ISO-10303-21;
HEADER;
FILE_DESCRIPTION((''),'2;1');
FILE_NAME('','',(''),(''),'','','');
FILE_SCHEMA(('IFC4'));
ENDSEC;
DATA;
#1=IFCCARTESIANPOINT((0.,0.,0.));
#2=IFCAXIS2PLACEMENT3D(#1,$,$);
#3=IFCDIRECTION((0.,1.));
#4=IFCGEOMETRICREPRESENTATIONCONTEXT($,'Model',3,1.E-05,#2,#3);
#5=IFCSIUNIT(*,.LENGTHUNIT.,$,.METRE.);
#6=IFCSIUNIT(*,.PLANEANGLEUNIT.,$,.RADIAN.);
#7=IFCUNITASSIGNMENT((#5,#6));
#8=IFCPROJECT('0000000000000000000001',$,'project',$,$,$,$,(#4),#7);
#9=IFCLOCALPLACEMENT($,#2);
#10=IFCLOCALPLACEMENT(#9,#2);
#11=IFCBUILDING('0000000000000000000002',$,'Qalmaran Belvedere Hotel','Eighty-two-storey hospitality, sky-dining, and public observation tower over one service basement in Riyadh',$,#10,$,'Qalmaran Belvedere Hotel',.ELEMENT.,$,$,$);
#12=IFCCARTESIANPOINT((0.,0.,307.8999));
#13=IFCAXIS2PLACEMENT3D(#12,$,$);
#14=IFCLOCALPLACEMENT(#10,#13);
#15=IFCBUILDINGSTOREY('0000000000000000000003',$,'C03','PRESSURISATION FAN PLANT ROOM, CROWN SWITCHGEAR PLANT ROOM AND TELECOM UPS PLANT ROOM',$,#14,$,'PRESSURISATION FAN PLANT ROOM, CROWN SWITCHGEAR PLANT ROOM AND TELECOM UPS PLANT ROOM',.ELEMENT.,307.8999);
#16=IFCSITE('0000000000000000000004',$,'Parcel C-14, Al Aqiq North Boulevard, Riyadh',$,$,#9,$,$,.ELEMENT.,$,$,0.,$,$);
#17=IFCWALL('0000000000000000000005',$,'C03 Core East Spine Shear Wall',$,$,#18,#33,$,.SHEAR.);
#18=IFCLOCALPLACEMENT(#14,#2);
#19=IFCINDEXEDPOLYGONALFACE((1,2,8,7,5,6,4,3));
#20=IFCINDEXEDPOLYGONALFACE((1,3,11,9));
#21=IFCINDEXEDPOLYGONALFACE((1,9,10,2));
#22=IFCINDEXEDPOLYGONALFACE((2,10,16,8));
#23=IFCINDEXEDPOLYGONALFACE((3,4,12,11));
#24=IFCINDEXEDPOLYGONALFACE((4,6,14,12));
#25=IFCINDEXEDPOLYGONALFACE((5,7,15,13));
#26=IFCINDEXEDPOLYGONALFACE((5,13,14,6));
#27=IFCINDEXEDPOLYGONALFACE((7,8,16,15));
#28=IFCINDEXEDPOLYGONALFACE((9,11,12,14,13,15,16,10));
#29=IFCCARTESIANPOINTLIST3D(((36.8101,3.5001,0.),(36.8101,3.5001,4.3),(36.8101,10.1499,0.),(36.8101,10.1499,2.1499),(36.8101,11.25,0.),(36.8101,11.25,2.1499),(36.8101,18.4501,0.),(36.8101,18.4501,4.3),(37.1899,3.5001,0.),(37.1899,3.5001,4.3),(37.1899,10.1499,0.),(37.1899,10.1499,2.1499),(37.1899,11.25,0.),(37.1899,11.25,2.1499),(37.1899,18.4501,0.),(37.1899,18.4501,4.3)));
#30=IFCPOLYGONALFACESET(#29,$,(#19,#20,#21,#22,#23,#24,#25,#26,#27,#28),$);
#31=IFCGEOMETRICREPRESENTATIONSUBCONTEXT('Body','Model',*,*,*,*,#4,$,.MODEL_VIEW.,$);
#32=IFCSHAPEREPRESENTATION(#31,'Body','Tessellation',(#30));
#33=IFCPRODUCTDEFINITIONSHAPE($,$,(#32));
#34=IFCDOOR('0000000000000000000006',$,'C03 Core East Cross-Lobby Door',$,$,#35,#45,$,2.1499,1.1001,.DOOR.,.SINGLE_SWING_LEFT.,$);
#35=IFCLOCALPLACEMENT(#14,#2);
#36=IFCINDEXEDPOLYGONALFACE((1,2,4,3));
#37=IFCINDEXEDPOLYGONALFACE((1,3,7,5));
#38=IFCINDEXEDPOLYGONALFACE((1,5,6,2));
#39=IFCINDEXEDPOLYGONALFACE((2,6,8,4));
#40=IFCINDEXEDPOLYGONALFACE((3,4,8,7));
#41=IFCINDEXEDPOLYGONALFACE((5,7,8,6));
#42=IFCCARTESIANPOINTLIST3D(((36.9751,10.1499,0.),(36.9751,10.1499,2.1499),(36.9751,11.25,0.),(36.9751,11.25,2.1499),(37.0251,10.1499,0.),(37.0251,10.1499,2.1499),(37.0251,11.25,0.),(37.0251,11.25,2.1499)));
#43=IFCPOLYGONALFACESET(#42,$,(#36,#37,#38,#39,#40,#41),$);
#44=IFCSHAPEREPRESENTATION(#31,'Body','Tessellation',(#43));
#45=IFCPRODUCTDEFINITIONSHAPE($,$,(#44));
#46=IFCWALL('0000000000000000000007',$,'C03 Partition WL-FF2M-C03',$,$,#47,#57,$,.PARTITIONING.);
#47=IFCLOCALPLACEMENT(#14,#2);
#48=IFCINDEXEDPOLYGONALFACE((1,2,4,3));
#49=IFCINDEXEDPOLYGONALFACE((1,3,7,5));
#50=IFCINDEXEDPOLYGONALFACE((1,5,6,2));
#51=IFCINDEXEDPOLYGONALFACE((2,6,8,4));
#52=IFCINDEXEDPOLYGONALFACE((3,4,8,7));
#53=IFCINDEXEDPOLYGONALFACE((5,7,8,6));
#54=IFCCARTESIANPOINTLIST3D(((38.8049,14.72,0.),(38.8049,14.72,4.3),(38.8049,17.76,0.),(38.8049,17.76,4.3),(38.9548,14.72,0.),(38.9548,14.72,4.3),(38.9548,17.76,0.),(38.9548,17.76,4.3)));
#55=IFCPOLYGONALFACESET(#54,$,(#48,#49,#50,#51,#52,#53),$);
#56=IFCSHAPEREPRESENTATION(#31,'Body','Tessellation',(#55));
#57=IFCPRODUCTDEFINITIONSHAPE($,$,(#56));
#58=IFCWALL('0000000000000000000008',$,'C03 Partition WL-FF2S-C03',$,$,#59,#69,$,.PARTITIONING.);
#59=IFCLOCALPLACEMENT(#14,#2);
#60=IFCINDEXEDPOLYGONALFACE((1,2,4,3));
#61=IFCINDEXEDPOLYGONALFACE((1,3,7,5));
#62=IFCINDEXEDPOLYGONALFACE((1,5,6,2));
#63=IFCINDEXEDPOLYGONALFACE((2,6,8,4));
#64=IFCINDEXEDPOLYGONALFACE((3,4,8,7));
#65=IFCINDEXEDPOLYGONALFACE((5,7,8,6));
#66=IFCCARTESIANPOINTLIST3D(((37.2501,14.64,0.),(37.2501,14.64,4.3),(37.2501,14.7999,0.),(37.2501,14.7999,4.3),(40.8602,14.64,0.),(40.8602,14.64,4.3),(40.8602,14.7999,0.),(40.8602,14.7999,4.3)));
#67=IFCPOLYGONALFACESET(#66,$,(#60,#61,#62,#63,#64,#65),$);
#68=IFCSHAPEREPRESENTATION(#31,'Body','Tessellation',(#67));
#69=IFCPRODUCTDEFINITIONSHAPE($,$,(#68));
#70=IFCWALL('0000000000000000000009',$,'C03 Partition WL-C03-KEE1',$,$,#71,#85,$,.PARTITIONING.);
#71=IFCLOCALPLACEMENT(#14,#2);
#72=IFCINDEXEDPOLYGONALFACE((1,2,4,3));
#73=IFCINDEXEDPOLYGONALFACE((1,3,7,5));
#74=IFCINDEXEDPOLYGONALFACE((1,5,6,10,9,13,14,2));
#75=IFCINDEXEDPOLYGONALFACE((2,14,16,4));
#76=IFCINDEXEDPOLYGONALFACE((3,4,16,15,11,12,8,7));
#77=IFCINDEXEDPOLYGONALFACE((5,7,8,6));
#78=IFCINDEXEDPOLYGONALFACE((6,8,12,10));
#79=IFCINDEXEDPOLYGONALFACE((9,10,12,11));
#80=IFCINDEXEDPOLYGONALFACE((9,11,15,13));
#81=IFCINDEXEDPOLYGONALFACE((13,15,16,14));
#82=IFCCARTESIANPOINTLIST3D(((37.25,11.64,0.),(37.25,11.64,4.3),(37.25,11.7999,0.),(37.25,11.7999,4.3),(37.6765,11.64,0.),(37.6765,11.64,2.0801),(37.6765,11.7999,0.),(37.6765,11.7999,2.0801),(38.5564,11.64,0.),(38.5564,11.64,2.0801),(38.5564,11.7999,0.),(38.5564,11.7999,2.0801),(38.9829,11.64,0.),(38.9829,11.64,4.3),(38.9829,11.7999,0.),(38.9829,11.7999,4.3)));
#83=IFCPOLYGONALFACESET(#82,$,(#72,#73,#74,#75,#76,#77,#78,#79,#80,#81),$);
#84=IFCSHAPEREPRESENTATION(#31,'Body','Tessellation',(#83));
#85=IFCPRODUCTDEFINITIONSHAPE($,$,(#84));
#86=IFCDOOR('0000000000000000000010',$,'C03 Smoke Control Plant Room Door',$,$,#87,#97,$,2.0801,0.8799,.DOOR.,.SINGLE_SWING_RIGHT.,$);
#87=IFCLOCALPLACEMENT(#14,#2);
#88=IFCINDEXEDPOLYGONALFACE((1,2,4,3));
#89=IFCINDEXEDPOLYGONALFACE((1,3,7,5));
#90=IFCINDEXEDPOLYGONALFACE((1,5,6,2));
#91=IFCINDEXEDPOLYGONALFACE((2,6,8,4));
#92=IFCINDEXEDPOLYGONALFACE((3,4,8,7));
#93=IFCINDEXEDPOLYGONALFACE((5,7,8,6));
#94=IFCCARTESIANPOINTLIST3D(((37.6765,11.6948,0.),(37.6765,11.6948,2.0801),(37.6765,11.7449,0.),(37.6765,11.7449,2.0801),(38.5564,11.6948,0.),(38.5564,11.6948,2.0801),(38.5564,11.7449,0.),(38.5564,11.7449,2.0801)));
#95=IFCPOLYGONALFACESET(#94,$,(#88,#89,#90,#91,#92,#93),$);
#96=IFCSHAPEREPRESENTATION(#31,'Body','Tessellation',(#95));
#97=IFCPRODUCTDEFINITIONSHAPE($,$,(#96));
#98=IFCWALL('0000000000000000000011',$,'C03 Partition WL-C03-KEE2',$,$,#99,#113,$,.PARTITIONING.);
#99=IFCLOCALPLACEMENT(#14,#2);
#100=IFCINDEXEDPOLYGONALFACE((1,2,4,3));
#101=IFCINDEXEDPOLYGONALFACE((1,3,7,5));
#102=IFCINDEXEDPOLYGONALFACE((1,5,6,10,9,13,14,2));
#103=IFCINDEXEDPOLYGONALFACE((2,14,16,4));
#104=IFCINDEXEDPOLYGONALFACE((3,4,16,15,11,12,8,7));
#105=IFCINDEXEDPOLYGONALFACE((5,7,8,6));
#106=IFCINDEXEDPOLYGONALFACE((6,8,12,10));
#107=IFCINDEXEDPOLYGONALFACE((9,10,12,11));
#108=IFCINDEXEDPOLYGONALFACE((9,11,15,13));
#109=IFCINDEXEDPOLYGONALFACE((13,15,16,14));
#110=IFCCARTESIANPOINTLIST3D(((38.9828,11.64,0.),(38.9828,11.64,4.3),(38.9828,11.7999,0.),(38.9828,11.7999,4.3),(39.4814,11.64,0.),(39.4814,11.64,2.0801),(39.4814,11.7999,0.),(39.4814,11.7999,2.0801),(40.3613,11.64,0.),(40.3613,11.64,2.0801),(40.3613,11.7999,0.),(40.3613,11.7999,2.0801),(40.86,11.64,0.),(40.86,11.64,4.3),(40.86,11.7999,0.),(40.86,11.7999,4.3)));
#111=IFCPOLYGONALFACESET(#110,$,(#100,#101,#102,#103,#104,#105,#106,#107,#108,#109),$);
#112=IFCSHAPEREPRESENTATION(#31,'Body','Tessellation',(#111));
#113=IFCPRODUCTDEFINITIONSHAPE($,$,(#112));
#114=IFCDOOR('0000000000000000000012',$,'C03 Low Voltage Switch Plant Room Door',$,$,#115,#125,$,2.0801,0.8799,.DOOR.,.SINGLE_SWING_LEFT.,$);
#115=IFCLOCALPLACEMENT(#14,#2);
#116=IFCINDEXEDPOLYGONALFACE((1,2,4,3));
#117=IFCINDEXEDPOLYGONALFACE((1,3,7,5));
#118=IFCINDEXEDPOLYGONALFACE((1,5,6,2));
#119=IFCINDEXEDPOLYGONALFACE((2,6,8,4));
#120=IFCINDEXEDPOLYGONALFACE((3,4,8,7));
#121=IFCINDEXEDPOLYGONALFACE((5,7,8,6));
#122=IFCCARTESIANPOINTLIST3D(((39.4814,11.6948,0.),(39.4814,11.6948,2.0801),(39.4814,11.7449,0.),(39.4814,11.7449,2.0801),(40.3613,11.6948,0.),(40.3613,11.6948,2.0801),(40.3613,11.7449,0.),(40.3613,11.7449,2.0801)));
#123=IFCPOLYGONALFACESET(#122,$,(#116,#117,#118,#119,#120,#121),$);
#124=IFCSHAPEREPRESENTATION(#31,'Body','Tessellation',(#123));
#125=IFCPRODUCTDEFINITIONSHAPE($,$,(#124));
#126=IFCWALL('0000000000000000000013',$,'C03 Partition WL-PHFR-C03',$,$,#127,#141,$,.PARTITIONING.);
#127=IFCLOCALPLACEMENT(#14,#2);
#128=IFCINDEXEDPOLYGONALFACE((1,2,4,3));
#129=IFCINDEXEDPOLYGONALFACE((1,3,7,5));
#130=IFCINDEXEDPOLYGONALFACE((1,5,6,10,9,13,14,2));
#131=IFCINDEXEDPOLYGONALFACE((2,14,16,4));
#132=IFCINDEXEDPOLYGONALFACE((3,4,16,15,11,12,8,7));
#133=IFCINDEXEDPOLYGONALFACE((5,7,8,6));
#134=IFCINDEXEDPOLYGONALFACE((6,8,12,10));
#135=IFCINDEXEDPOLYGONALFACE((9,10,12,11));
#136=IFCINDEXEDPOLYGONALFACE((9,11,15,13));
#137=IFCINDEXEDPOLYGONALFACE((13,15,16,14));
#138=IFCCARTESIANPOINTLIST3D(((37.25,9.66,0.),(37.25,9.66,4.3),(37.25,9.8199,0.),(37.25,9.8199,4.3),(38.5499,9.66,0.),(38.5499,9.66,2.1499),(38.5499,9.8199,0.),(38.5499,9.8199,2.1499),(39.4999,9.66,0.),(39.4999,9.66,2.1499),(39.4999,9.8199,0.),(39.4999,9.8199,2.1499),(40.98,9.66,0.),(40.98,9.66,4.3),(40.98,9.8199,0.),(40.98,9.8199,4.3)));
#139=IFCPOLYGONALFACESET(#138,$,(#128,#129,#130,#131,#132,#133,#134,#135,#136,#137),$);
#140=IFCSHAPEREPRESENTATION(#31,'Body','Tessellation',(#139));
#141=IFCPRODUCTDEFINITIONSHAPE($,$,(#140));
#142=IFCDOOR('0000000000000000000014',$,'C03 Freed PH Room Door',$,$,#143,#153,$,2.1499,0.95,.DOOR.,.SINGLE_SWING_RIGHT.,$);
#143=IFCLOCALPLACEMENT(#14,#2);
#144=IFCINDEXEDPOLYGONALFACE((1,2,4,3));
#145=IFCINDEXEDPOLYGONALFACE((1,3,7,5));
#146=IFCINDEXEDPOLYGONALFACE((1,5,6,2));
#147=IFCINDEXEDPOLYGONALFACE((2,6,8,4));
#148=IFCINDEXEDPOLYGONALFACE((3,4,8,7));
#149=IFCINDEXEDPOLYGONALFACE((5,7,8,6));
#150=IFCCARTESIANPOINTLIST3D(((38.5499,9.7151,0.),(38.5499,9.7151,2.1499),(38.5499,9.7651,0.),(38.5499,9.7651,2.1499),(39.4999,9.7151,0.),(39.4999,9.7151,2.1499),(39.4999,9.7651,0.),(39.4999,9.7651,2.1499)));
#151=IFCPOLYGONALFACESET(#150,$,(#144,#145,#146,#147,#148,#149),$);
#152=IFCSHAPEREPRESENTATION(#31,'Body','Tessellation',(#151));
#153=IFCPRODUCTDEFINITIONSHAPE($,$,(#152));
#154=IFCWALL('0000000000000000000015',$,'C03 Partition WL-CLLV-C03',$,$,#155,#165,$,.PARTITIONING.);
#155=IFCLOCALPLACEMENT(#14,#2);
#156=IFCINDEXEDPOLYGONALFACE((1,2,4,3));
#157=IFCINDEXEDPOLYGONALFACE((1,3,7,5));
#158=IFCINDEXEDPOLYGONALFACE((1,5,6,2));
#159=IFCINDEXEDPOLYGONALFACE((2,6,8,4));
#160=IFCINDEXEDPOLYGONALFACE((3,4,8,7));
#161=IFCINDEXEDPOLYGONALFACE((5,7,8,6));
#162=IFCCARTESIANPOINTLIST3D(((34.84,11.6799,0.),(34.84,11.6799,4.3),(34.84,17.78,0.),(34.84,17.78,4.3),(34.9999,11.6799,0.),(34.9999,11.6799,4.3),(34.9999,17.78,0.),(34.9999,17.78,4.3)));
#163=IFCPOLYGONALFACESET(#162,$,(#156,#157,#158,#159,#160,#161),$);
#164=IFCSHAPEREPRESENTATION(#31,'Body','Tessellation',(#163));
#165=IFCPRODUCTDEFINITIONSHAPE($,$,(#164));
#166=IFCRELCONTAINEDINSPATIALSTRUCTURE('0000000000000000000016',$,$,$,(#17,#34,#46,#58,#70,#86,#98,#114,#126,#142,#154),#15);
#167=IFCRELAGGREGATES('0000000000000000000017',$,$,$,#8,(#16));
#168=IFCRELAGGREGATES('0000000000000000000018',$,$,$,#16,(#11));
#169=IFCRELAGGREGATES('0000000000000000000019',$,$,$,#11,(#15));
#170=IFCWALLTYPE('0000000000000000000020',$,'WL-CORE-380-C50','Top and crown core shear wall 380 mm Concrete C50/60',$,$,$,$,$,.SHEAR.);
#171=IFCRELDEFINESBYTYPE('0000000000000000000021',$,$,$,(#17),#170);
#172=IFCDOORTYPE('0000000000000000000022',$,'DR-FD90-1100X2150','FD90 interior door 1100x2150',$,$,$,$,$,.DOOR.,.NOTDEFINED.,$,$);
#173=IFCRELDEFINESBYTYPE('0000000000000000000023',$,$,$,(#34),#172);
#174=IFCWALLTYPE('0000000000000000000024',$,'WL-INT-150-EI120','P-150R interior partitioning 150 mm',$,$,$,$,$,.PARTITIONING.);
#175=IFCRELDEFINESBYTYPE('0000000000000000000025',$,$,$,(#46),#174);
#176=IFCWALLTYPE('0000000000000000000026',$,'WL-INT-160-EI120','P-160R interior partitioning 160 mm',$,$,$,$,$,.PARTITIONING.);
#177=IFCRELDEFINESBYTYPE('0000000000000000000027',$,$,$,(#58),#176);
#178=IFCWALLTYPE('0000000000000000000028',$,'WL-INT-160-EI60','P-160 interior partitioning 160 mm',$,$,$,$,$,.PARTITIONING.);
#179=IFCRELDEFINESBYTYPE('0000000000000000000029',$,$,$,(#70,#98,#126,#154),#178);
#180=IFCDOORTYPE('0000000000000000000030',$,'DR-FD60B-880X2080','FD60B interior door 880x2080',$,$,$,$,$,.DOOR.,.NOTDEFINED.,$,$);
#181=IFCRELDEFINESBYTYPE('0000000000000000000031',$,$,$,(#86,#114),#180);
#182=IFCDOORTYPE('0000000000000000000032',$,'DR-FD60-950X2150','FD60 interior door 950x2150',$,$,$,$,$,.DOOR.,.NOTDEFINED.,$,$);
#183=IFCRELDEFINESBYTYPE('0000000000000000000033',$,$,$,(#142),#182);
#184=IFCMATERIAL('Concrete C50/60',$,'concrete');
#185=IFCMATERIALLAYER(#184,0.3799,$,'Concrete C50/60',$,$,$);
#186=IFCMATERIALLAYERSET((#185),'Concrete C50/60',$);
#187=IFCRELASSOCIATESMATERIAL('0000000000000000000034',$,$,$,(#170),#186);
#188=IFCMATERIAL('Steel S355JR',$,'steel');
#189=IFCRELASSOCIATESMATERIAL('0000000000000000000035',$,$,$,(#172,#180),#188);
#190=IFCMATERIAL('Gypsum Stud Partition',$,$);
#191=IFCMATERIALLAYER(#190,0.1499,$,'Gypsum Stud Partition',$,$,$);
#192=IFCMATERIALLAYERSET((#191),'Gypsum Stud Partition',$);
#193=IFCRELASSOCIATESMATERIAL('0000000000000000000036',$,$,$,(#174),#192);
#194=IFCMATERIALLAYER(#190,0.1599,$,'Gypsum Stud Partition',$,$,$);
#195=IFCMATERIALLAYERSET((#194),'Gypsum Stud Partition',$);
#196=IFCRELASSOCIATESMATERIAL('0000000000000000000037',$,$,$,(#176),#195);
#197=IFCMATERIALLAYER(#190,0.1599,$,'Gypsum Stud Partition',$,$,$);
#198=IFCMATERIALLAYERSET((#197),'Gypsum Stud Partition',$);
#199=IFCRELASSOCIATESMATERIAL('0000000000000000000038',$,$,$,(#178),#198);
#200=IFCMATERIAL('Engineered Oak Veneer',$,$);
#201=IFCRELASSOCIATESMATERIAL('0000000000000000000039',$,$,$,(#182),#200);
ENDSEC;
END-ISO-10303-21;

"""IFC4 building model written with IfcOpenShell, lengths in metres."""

from ifc_helpers import new_model, si_unit, direction, frame, frame_2d, origin, place, context, subcontext, project, spatial, rectangle, extrude, material, layer, layer_set, type_object, element, fill, save


model = new_model("IFC4")

# Units and contexts
model_context = context("Model", 3, precision=1e-05, world=origin(), true_north=direction((0.0, 1.0)))
body_context = subcontext(model_context, "Body", "Model", "MODEL_VIEW")
ifc_project = project(units=[si_unit("LENGTHUNIT", "METRE"), si_unit("PLANEANGLEUNIT", "RADIAN")], contexts=[model_context])

# Site, building, storey
site_placement = place(None, origin())
site = spatial("IfcSite", under=ifc_project, at=site_placement, Name="Parcel C-14, Al Aqiq North Boulevard, Riyadh", CompositionType="ELEMENT", RefElevation=0.0)
building_placement = place(site_placement, origin())
building = spatial("IfcBuilding", under=site, at=building_placement, Name="Qalmaran Belvedere Hotel", Description="Eighty-two-storey hospitality, sky-dining, and public observation tower over one service basement in Riyadh", LongName="Qalmaran Belvedere Hotel", CompositionType="ELEMENT")
storey_placement = place(building_placement, frame((0.0, 0.0, 307.8999)))
storey = spatial("IfcBuildingStorey", under=building, at=storey_placement, Name="C03", Description="PRESSURISATION FAN PLANT ROOM, CROWN SWITCHGEAR PLANT ROOM AND TELECOM UPS PLANT ROOM", LongName="PRESSURISATION FAN PLANT ROOM, CROWN SWITCHGEAR PLANT ROOM AND TELECOM UPS PLANT ROOM", CompositionType="ELEMENT", Elevation=307.8999)

# Wall, opening, door
ifc_material_1 = material(Name="Concrete C50/60", Category="concrete")
ifc_layer_1 = layer(ifc_material_1, 0.3799, Name="Concrete C50/60")
ifc_layer_set_1 = layer_set([ifc_layer_1], Name="Concrete C50/60")
wall_type_1 = type_object("IfcWallType", Name="WL-CORE-380-C50", Description="Top and crown core shear wall 380 mm Concrete C50/60", PredefinedType="SHEAR", material=ifc_layer_set_1)
wall_1_placement = place(storey_placement, frame((37.0, 3.5, 0.0), z_axis=(0.0, 0.0, 1.0), x_axis=(0.0, 1.0, 0.0)))
wall_1 = element("IfcWall", 1, at=wall_1_placement, inside=storey, type_object=wall_type_1, Name="C03 Core East Spine Shear Wall", PredefinedType="SHEAR", context=body_context, shape_type="SweptSolid", body=[
    extrude(rectangle(XDim=14.95, YDim=0.3799, at=frame_2d((7.4751, 0.0))), origin(), (0.0, 0.0, 1.0), 4.3),
])
opening_1_placement = place(wall_1_placement, frame((6.6499, 0.0, 0.0)))
opening_1 = element("IfcOpeningElement", 2, at=opening_1_placement, cuts=wall_1, PredefinedType="OPENING", context=body_context, shape_type="SweptSolid", body=[
    extrude(rectangle(XDim=1.1001, YDim=2.1499, at=frame_2d((0.55, 1.075))), frame((0.0, 0.2, 0.0), z_axis=(0.0, -1.0, 0.0), x_axis=(1.0, 0.0, 0.0)), (0.0, 0.0, 1.0), 0.3999),
])
ifc_material_2 = material(Name="Steel S355JR", Category="steel")
door_type_1 = type_object("IfcDoorType", Name="DR-FD90-1100X2150", Description="FD90 interior door 1100x2150", OperationType="NOTDEFINED", PredefinedType="DOOR", material=ifc_material_2)
door_1_placement = place(opening_1_placement, origin())
door_1 = element("IfcDoor", 3, at=door_1_placement, inside=storey, type_object=door_type_1, Name="C03 Core East Cross-Lobby Door", OperationType="SINGLE_SWING_LEFT", OverallHeight=2.1499, OverallWidth=1.1001, PredefinedType="DOOR", context=body_context, shape_type="SweptSolid", body=[
    extrude(rectangle(XDim=1.1001, YDim=2.1499, at=frame_2d((0.55, 1.075))), frame((0.0, 0.0249, 0.0), z_axis=(0.0, -1.0, 0.0), x_axis=(1.0, 0.0, 0.0)), (0.0, 0.0, 1.0), 0.05),
])
fill(opening_1, door_1)

# Walls
ifc_material_3 = material(Name="Gypsum Stud Partition")
ifc_layer_2 = layer(ifc_material_3, 0.1499, Name="Gypsum Stud Partition")
ifc_layer_set_2 = layer_set([ifc_layer_2], Name="Gypsum Stud Partition")
wall_type_2 = type_object("IfcWallType", Name="WL-INT-150-EI120", Description="P-150R interior partitioning 150 mm", PredefinedType="PARTITIONING", material=ifc_layer_set_2)
wall_2_placement = place(storey_placement, frame((38.8799, 14.72, 0.0), z_axis=(0.0, 0.0, 1.0), x_axis=(0.0, 1.0, 0.0)))
element("IfcWall", 4, at=wall_2_placement, inside=storey, type_object=wall_type_2, Name="C03 Partition WL-FF2M-C03", PredefinedType="PARTITIONING", context=body_context, shape_type="SweptSolid", body=[
    extrude(rectangle(XDim=3.04, YDim=0.1499, at=frame_2d((1.52, 0.0))), origin(), (0.0, 0.0, 1.0), 4.3),
])
ifc_layer_3 = layer(ifc_material_3, 0.1599, Name="Gypsum Stud Partition")
ifc_layer_set_3 = layer_set([ifc_layer_3], Name="Gypsum Stud Partition")
wall_type_3 = type_object("IfcWallType", Name="WL-INT-160-EI120", Description="P-160R interior partitioning 160 mm", PredefinedType="PARTITIONING", material=ifc_layer_set_3)
wall_3_placement = place(storey_placement, frame((37.25, 14.72, 0.0), z_axis=(0.0, 0.0, 1.0), x_axis=(1.0, 0.0, 0.0)))
element("IfcWall", 5, at=wall_3_placement, inside=storey, type_object=wall_type_3, Name="C03 Partition WL-FF2S-C03", PredefinedType="PARTITIONING", context=body_context, shape_type="SweptSolid", body=[
    extrude(rectangle(XDim=3.6101, YDim=0.1599, at=frame_2d((1.8052, 0.0))), origin(), (0.0, 0.0, 1.0), 4.3),
])

# Walls, openings, doors
ifc_layer_4 = layer(ifc_material_3, 0.1599, Name="Gypsum Stud Partition")
ifc_layer_set_4 = layer_set([ifc_layer_4], Name="Gypsum Stud Partition")
wall_type_4 = type_object("IfcWallType", Name="WL-INT-160-EI60", Description="P-160 interior partitioning 160 mm", PredefinedType="PARTITIONING", material=ifc_layer_set_4)
wall_4_placement = place(storey_placement, frame((37.25, 11.72, 0.0), z_axis=(0.0, 0.0, 1.0), x_axis=(1.0, 0.0, 0.0)))
wall_4 = element("IfcWall", 6, at=wall_4_placement, inside=storey, type_object=wall_type_4, Name="C03 Partition WL-C03-KEE1", PredefinedType="PARTITIONING", context=body_context, shape_type="SweptSolid", body=[
    extrude(rectangle(XDim=1.7329, YDim=0.1599, at=frame_2d((0.8665, 0.0))), origin(), (0.0, 0.0, 1.0), 4.3),
])
opening_2_placement = place(wall_4_placement, frame((0.4265, 0.0, 0.0)))
opening_2 = element("IfcOpeningElement", 7, at=opening_2_placement, cuts=wall_4, PredefinedType="OPENING", context=body_context, shape_type="SweptSolid", body=[
    extrude(rectangle(XDim=0.8799, YDim=2.0801, at=frame_2d((0.4399, 1.04))), frame((0.0, 0.0898, 0.0), z_axis=(0.0, -1.0, 0.0), x_axis=(1.0, 0.0, 0.0)), (0.0, 0.0, 1.0), 0.1799),
])
door_type_2 = type_object("IfcDoorType", Name="DR-FD60B-880X2080", Description="FD60B interior door 880x2080", OperationType="NOTDEFINED", PredefinedType="DOOR", material=ifc_material_2)
door_2_placement = place(opening_2_placement, origin())
door_2 = element("IfcDoor", 8, at=door_2_placement, inside=storey, type_object=door_type_2, Name="C03 Smoke Control Plant Room Door", OperationType="SINGLE_SWING_RIGHT", OverallHeight=2.0801, OverallWidth=0.8799, PredefinedType="DOOR", context=body_context, shape_type="SweptSolid", body=[
    extrude(rectangle(XDim=0.8799, YDim=2.0801, at=frame_2d((0.4399, 1.04))), frame((0.0, 0.0249, 0.0), z_axis=(0.0, -1.0, 0.0), x_axis=(1.0, 0.0, 0.0)), (0.0, 0.0, 1.0), 0.05),
])
fill(opening_2, door_2)
wall_5_placement = place(storey_placement, frame((38.9829, 11.72, 0.0), z_axis=(0.0, 0.0, 1.0), x_axis=(1.0, 0.0, 0.0)))
wall_5 = element("IfcWall", 9, at=wall_5_placement, inside=storey, type_object=wall_type_4, Name="C03 Partition WL-C03-KEE2", PredefinedType="PARTITIONING", context=body_context, shape_type="SweptSolid", body=[
    extrude(rectangle(XDim=1.8772, YDim=0.1599, at=frame_2d((0.9385, 0.0))), origin(), (0.0, 0.0, 1.0), 4.3),
])
opening_3_placement = place(wall_5_placement, frame((0.4985, 0.0, 0.0)))
opening_3 = element("IfcOpeningElement", 10, at=opening_3_placement, cuts=wall_5, PredefinedType="OPENING", context=body_context, shape_type="SweptSolid", body=[
    extrude(rectangle(XDim=0.8799, YDim=2.0801, at=frame_2d((0.4399, 1.04))), frame((0.0, 0.0898, 0.0), z_axis=(0.0, -1.0, 0.0), x_axis=(1.0, 0.0, 0.0)), (0.0, 0.0, 1.0), 0.1799),
])
door_3_placement = place(opening_3_placement, origin())
door_3 = element("IfcDoor", 11, at=door_3_placement, inside=storey, type_object=door_type_2, Name="C03 Low Voltage Switch Plant Room Door", OperationType="SINGLE_SWING_LEFT", OverallHeight=2.0801, OverallWidth=0.8799, PredefinedType="DOOR", context=body_context, shape_type="SweptSolid", body=[
    extrude(rectangle(XDim=0.8799, YDim=2.0801, at=frame_2d((0.4399, 1.04))), frame((0.0, 0.0249, 0.0), z_axis=(0.0, -1.0, 0.0), x_axis=(1.0, 0.0, 0.0)), (0.0, 0.0, 1.0), 0.05),
])
fill(opening_3, door_3)
wall_6_placement = place(storey_placement, frame((37.25, 9.74, 0.0), z_axis=(0.0, 0.0, 1.0), x_axis=(1.0, 0.0, 0.0)))
wall_6 = element("IfcWall", 12, at=wall_6_placement, inside=storey, type_object=wall_type_4, Name="C03 Partition WL-PHFR-C03", PredefinedType="PARTITIONING", context=body_context, shape_type="SweptSolid", body=[
    extrude(rectangle(XDim=3.73, YDim=0.1599, at=frame_2d((1.865, 0.0))), origin(), (0.0, 0.0, 1.0), 4.3),
])
opening_4_placement = place(wall_6_placement, frame((2.25, 0.0, 0.0), z_axis=(0.0, 0.0, 1.0), x_axis=(-1.0, 0.0, 0.0)))
opening_4 = element("IfcOpeningElement", 13, at=opening_4_placement, cuts=wall_6, PredefinedType="OPENING", context=body_context, shape_type="SweptSolid", body=[
    extrude(rectangle(XDim=0.95, YDim=2.1499, at=frame_2d((0.4751, 1.075))), frame((0.0, 0.0898, 0.0), z_axis=(0.0, -1.0, 0.0), x_axis=(1.0, 0.0, 0.0)), (0.0, 0.0, 1.0), 0.1799),
])
ifc_material_4 = material(Name="Engineered Oak Veneer")
door_type_3 = type_object("IfcDoorType", Name="DR-FD60-950X2150", Description="FD60 interior door 950x2150", OperationType="NOTDEFINED", PredefinedType="DOOR", material=ifc_material_4)
door_4_placement = place(opening_4_placement, origin())
door_4 = element("IfcDoor", 14, at=door_4_placement, inside=storey, type_object=door_type_3, Name="C03 Freed PH Room Door", OperationType="SINGLE_SWING_RIGHT", OverallHeight=2.1499, OverallWidth=0.95, PredefinedType="DOOR", context=body_context, shape_type="SweptSolid", body=[
    extrude(rectangle(XDim=0.95, YDim=2.1499, at=frame_2d((0.4751, 1.075))), frame((0.0, 0.0249, 0.0), z_axis=(0.0, -1.0, 0.0), x_axis=(1.0, 0.0, 0.0)), (0.0, 0.0, 1.0), 0.05),
])
fill(opening_4, door_4)

# Wall
wall_7_placement = place(storey_placement, frame((34.9199, 11.6799, 0.0), z_axis=(0.0, 0.0, 1.0), x_axis=(0.0, 1.0, 0.0)))
element("IfcWall", 15, at=wall_7_placement, inside=storey, type_object=wall_type_4, Name="C03 Partition WL-CLLV-C03", PredefinedType="PARTITIONING", context=body_context, shape_type="SweptSolid", body=[
    extrude(rectangle(XDim=6.1001, YDim=0.1599, at=frame_2d((3.05, 0.0))), origin(), (0.0, 0.0, 1.0), 4.3),
])

save(model, "model.ifc")
